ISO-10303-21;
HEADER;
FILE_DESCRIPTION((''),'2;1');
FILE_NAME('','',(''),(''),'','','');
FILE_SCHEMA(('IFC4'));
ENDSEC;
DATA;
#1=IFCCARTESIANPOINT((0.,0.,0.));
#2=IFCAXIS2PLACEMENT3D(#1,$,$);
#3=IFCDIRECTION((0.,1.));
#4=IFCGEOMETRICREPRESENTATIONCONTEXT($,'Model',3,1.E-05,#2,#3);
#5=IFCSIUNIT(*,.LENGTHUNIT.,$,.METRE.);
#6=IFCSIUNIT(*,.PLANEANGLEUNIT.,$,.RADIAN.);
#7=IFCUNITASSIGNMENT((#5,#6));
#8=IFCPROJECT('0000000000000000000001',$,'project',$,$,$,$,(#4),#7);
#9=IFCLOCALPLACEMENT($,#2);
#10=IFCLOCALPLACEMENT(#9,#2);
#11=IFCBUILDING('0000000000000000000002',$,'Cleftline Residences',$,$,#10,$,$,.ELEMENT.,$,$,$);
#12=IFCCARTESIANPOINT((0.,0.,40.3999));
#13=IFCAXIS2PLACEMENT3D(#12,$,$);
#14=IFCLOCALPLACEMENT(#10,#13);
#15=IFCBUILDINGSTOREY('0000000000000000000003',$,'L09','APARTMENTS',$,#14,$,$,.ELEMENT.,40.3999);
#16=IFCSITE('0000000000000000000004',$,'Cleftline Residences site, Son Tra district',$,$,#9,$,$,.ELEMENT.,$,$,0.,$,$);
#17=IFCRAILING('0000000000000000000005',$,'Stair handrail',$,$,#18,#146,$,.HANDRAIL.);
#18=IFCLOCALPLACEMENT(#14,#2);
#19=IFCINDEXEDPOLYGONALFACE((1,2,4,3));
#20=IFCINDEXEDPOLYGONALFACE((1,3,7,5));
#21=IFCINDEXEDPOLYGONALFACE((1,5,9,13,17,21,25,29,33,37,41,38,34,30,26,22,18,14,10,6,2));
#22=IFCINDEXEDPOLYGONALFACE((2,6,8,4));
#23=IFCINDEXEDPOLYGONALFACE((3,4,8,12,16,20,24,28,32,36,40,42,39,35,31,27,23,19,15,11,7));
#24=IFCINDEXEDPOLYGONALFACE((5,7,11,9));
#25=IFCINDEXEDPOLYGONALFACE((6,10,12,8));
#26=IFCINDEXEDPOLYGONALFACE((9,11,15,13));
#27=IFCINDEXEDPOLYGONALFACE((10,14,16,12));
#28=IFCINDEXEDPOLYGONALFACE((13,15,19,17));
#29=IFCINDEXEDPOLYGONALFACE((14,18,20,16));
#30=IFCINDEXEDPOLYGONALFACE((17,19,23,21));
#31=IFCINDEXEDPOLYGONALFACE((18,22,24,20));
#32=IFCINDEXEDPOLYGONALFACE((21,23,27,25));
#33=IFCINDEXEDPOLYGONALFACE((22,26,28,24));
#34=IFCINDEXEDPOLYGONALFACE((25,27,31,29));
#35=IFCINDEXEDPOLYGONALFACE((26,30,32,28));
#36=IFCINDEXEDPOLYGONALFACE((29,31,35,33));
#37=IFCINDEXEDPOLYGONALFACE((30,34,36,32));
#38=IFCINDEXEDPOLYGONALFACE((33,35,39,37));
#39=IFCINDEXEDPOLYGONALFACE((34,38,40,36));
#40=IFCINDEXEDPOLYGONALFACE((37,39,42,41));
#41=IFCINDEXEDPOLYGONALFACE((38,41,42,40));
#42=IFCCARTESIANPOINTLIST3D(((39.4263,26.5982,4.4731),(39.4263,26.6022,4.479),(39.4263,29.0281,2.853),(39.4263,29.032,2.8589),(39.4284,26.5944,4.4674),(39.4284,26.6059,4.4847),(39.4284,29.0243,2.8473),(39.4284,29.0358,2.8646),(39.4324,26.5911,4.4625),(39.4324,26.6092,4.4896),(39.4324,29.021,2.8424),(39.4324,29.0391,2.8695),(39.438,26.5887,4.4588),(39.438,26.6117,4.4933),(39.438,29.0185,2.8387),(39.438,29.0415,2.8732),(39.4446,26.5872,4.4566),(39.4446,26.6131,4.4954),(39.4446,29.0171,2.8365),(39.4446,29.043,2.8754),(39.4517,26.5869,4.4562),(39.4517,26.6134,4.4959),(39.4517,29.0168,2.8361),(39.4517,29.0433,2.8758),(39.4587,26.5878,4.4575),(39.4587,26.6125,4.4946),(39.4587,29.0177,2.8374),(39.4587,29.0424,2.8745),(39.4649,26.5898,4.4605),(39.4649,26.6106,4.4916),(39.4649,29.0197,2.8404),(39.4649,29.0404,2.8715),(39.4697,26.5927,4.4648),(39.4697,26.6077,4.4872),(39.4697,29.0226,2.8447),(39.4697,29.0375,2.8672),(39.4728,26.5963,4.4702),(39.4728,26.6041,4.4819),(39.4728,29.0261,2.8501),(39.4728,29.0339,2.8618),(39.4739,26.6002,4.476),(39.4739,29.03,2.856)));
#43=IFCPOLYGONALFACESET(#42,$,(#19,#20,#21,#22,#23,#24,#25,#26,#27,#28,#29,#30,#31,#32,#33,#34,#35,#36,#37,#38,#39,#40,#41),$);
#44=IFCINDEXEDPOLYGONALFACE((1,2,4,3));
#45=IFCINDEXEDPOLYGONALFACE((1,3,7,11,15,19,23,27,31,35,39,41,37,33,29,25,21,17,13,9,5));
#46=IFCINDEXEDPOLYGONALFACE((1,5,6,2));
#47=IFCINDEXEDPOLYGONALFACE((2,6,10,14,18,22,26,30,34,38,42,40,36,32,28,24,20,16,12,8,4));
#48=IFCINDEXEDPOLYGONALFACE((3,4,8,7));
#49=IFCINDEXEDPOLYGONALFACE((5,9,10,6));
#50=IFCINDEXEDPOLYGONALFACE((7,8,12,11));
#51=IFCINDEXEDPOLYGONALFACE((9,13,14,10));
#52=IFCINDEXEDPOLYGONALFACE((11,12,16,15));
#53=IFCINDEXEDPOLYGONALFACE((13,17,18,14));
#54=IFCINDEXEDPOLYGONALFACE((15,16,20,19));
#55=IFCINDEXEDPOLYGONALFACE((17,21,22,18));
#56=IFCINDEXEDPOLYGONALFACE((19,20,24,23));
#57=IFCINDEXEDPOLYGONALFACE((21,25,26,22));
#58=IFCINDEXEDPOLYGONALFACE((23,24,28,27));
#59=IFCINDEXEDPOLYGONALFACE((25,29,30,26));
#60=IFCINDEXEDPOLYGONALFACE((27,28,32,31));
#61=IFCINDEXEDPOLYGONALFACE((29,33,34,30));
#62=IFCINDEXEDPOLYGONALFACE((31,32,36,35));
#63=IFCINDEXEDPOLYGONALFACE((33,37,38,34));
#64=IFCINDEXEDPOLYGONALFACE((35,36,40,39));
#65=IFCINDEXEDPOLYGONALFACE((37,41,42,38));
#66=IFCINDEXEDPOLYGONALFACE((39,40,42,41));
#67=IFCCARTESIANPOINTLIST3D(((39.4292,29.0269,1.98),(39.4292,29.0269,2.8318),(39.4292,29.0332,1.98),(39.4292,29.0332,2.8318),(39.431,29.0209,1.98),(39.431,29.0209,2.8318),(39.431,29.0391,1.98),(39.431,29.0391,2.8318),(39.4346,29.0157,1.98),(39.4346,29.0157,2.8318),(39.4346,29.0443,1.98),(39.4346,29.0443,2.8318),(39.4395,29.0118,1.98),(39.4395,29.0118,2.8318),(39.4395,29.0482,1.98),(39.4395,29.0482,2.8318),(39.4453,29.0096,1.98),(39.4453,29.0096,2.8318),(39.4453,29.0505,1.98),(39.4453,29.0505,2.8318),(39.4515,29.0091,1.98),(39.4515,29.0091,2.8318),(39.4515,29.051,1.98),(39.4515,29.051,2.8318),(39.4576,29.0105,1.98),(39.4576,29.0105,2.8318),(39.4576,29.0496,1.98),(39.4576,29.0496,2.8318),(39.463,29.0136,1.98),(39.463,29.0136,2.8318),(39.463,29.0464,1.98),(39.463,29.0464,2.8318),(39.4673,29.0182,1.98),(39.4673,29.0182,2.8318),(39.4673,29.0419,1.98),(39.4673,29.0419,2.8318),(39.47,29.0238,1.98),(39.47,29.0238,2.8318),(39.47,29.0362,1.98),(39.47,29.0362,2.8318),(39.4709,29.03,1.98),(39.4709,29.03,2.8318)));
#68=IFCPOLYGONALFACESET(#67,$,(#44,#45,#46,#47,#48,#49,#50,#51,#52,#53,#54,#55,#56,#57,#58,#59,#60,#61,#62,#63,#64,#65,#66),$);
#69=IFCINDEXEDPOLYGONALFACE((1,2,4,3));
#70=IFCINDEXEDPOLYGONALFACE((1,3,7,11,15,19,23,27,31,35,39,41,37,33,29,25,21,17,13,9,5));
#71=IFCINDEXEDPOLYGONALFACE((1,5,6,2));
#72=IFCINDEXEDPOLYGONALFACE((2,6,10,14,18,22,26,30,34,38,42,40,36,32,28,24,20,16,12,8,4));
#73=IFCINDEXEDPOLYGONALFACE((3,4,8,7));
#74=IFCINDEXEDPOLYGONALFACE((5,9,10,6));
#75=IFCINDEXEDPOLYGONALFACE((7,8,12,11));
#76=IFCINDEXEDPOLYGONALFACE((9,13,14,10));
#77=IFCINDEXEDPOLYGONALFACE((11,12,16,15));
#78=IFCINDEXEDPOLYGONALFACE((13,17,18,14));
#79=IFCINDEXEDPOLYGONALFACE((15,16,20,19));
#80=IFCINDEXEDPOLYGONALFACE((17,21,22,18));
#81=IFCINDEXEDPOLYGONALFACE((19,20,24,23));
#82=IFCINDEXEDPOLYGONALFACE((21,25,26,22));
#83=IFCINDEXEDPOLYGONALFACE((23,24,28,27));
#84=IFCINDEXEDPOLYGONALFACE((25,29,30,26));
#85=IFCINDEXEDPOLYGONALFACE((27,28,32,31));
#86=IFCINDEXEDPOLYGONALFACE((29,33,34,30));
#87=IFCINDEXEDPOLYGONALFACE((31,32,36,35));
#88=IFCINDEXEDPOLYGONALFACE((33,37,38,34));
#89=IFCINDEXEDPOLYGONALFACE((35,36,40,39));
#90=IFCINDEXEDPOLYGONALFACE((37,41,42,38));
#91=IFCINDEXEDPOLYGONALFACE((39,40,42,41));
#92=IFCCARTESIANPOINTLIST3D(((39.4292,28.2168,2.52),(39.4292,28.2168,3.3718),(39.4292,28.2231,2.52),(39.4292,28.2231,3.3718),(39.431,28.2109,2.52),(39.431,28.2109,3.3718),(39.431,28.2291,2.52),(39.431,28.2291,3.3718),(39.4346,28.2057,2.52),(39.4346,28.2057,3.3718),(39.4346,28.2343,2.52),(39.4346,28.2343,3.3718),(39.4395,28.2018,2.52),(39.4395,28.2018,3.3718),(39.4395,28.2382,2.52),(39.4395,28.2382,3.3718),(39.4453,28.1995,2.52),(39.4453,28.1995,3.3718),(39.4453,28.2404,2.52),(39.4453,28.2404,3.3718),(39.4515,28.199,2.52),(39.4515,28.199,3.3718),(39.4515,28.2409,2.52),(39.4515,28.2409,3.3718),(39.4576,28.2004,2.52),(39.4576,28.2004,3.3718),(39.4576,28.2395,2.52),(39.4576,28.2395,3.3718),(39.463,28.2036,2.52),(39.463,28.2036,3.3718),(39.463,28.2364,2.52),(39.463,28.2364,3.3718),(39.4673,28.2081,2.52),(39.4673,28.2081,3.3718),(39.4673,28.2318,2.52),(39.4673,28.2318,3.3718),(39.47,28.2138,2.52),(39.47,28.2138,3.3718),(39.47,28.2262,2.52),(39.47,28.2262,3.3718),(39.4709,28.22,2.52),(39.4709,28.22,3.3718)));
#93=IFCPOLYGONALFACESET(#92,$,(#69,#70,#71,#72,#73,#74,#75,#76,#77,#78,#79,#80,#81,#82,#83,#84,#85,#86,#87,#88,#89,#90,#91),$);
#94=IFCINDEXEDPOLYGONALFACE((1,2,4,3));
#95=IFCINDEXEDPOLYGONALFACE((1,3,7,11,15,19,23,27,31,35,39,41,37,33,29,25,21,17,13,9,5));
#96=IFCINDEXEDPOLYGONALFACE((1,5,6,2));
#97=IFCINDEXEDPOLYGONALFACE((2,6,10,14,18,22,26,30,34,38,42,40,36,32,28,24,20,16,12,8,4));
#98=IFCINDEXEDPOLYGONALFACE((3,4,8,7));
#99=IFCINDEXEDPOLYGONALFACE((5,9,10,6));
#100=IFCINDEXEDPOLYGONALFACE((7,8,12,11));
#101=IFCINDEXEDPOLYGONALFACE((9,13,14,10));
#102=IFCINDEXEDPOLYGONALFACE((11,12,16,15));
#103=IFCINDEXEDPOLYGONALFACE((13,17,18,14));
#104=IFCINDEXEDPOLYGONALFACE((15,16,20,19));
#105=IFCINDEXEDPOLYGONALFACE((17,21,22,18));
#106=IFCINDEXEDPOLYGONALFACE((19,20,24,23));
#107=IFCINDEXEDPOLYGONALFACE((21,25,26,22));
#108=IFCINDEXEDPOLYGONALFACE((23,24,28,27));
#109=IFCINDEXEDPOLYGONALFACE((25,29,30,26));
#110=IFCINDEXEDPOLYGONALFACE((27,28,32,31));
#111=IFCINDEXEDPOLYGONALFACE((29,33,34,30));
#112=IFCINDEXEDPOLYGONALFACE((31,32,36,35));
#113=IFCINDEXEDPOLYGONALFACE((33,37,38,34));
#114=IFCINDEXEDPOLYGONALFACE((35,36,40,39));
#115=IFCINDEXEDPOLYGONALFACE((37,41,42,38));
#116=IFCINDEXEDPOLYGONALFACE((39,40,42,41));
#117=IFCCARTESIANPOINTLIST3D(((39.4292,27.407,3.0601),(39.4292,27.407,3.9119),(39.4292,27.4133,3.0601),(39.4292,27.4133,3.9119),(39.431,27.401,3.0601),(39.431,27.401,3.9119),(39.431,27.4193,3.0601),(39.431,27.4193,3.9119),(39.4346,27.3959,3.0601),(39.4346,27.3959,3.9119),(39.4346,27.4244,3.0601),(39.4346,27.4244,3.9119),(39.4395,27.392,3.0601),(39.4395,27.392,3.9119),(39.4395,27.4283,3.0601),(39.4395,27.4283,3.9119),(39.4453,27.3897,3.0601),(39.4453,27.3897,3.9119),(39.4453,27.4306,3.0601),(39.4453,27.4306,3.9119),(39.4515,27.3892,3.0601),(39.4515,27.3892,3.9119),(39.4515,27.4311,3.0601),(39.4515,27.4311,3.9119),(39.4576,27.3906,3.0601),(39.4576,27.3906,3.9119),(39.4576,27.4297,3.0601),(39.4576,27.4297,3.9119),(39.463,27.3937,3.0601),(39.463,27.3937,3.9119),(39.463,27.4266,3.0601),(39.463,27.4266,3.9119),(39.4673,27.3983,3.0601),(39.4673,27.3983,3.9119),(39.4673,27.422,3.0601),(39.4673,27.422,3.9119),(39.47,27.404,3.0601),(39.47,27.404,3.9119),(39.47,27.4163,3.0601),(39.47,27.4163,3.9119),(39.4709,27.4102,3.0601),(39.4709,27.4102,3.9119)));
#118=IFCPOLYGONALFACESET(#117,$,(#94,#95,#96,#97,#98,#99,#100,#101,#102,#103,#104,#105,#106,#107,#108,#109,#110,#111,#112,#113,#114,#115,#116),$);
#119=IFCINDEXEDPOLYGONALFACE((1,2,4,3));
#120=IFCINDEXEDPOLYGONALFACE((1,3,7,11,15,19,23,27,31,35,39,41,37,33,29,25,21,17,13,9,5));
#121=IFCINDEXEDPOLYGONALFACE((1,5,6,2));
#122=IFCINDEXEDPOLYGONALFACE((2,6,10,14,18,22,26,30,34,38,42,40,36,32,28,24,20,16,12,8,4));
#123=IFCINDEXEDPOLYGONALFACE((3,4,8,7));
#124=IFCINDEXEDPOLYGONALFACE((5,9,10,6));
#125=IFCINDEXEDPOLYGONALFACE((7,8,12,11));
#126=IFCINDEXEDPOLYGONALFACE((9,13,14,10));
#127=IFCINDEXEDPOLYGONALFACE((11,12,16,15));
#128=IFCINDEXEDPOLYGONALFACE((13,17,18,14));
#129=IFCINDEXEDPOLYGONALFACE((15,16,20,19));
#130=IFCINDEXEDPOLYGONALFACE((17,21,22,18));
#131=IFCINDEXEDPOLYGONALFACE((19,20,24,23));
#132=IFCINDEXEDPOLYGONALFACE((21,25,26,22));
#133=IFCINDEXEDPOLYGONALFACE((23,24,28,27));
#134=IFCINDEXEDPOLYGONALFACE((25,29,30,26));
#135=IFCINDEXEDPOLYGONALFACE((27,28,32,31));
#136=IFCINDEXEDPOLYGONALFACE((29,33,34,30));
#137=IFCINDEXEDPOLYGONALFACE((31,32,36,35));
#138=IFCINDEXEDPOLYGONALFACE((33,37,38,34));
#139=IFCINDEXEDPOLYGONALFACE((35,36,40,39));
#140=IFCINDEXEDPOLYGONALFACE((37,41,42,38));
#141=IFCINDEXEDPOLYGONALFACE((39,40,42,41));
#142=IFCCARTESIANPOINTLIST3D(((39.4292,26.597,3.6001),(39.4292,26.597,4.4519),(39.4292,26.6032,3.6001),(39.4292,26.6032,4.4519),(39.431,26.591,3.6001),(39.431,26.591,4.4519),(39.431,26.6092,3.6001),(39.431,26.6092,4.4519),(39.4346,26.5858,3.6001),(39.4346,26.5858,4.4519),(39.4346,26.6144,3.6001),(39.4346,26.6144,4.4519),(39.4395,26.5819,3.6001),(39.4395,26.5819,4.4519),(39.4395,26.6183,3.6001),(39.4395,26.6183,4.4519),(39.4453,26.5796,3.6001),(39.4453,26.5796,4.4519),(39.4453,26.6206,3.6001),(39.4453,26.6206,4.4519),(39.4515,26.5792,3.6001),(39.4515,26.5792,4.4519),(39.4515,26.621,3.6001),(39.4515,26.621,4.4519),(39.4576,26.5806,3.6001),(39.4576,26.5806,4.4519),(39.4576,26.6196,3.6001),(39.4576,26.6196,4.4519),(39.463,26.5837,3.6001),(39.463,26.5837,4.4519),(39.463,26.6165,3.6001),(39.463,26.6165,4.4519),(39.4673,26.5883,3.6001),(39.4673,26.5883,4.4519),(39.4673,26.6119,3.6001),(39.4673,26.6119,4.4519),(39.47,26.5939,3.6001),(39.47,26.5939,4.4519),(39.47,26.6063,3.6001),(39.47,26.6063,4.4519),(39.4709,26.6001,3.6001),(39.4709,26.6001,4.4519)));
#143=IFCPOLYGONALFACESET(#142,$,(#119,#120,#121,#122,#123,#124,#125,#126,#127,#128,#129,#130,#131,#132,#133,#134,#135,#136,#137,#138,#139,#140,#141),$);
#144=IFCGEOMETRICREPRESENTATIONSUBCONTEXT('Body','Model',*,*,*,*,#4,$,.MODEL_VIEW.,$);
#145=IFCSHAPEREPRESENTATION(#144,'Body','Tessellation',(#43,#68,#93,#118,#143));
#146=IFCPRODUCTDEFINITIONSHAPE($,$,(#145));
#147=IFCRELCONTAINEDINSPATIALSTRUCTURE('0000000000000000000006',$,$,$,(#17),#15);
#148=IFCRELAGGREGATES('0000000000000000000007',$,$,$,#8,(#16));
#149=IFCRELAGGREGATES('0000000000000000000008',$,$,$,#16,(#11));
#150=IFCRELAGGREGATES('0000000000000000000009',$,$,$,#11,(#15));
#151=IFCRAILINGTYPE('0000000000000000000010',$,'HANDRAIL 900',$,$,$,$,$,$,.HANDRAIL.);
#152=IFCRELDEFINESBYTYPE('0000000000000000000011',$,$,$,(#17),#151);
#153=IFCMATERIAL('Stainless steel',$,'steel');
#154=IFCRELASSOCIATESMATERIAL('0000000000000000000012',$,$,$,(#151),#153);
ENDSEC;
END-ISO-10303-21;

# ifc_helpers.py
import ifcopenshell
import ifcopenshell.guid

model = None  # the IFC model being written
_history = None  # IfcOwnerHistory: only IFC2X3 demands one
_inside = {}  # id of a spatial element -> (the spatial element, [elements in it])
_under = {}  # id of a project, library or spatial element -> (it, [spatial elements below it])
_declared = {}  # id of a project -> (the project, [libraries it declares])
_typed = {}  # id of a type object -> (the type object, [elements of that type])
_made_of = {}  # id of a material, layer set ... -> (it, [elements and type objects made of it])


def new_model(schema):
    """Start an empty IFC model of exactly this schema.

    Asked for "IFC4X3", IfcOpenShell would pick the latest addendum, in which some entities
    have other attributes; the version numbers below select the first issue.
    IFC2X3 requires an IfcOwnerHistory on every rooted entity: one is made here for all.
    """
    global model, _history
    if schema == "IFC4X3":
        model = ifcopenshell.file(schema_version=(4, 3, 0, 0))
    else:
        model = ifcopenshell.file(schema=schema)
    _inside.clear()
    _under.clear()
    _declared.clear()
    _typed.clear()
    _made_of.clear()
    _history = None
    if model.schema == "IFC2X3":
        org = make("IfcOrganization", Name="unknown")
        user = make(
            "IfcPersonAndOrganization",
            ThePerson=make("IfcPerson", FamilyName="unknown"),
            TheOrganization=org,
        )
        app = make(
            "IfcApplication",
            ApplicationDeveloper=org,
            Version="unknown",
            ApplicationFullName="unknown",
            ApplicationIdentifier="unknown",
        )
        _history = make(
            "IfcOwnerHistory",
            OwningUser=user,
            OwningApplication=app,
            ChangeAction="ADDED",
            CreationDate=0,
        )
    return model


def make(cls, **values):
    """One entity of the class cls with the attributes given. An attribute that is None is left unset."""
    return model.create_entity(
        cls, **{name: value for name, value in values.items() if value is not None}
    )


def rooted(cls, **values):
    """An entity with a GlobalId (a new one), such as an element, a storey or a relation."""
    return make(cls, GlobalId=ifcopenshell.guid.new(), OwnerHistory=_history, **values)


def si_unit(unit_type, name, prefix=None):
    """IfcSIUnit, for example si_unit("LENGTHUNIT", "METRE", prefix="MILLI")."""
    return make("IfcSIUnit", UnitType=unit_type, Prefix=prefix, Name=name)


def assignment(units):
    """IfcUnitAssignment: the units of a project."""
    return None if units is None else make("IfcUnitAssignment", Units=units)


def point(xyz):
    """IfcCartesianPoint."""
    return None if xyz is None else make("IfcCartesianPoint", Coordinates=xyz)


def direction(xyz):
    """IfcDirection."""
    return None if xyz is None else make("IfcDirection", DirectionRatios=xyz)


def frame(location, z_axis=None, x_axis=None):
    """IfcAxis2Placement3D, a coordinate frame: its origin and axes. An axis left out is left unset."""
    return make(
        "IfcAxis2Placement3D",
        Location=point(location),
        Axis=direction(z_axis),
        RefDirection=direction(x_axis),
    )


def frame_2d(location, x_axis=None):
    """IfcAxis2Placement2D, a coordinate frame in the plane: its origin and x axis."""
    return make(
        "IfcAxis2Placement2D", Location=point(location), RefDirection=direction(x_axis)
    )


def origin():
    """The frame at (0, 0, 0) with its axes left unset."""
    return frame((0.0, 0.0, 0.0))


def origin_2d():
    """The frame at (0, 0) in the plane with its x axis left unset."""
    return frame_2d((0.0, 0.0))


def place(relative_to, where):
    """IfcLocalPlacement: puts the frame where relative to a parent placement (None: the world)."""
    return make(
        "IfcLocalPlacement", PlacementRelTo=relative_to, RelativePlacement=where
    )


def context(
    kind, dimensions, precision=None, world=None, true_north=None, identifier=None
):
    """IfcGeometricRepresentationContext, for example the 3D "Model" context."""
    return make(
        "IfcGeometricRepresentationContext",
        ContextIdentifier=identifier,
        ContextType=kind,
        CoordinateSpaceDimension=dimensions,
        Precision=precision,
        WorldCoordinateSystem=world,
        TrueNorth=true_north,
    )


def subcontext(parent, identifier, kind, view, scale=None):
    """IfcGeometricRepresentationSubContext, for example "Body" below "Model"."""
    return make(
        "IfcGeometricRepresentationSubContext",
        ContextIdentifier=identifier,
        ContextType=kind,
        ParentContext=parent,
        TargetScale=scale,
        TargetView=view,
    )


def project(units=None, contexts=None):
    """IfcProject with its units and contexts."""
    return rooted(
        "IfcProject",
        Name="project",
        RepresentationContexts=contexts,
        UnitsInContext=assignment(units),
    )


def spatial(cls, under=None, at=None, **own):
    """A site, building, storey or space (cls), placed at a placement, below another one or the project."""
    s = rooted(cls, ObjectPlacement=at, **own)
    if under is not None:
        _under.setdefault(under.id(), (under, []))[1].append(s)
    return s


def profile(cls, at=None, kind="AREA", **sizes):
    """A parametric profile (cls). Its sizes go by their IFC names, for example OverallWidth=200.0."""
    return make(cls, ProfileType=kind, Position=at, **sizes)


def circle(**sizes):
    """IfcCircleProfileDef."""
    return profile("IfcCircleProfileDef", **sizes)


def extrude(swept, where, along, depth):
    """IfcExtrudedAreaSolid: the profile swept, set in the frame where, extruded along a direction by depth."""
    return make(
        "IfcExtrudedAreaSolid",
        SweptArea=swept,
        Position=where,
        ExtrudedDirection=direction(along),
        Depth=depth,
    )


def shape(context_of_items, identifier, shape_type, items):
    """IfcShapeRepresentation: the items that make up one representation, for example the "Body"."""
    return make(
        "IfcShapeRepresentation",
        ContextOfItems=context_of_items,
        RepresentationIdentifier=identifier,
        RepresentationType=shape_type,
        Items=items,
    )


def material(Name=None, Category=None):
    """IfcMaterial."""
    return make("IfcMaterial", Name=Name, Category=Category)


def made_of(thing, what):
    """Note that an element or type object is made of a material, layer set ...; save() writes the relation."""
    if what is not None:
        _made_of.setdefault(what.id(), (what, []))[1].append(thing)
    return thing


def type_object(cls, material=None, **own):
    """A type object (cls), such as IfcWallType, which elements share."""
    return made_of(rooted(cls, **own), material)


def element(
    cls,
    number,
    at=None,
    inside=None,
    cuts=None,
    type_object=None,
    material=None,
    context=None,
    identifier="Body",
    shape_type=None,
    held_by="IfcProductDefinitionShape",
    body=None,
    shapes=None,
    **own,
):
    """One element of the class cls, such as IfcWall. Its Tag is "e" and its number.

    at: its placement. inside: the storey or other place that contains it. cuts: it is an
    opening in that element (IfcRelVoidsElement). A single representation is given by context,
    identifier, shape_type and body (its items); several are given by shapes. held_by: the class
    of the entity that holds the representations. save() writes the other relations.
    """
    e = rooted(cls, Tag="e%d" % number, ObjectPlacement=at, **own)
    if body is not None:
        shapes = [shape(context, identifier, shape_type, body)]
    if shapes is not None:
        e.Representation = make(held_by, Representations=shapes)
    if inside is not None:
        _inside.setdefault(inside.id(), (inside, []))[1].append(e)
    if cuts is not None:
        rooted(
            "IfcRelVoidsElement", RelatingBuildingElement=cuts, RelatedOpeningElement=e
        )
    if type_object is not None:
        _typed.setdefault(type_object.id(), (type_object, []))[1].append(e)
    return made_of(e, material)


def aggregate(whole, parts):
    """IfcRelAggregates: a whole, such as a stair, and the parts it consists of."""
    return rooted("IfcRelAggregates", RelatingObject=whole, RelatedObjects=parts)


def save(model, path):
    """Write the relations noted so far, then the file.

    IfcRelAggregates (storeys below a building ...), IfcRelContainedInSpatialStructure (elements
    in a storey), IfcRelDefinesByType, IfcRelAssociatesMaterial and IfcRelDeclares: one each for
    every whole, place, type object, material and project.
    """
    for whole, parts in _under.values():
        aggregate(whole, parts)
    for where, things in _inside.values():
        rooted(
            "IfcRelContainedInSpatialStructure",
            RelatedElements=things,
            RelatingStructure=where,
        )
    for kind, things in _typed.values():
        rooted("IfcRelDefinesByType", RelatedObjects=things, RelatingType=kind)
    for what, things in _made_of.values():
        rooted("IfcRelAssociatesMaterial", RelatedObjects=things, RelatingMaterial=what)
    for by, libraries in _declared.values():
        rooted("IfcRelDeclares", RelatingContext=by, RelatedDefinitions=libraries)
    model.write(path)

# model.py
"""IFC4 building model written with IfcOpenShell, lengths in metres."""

from ifc_helpers import new_model, si_unit, direction, frame, origin, origin_2d, place, context, subcontext, project, spatial, circle, extrude, material, type_object, element, save


model = new_model("IFC4")

# Units and contexts
model_context = context("Model", 3, precision=1e-05, world=origin(), true_north=direction((0.0, 1.0)))
body_context = subcontext(model_context, "Body", "Model", "MODEL_VIEW")
ifc_project = project(units=[si_unit("LENGTHUNIT", "METRE"), si_unit("PLANEANGLEUNIT", "RADIAN")], contexts=[model_context])

# Site, building, storey
site_placement = place(None, origin())
site = spatial("IfcSite", under=ifc_project, at=site_placement, Name="Cleftline Residences site, Son Tra district", CompositionType="ELEMENT", RefElevation=0.0)
building_placement = place(site_placement, origin())
building = spatial("IfcBuilding", under=site, at=building_placement, Name="Cleftline Residences", CompositionType="ELEMENT")
storey_placement = place(building_placement, frame((0.0, 0.0, 40.3999)))
storey = spatial("IfcBuildingStorey", under=building, at=storey_placement, Name="L09", Description="APARTMENTS", CompositionType="ELEMENT", Elevation=40.3999)

# Railing
ifc_material_1 = material(Name="Stainless steel", Category="steel")
railing_type = type_object("IfcRailingType", Name="HANDRAIL 900", PredefinedType="HANDRAIL", material=ifc_material_1)
railing_1_placement = place(storey_placement, frame((39.45, 29.03, 1.98)))
element("IfcRailing", 1, at=railing_1_placement, inside=storey, type_object=railing_type, Name="Stair handrail", PredefinedType="HANDRAIL", context=body_context, shape_type="SweptSolid", body=[
    extrude(circle(Radius=0.0239, at=origin_2d()), frame((0.0, 0.0, 0.876), z_axis=(0.0, -0.832025, 0.554739), x_axis=(1.0, 0.0, 0.0)), (0.0, 0.0, 1.0), 2.9204),
    extrude(circle(Radius=0.021, at=origin_2d()), origin(), (0.0, 0.0, 1.0), 0.8518),
    extrude(circle(Radius=0.021, at=origin_2d()), frame((0.0, -0.8101, 0.54)), (0.0, 0.0, 1.0), 0.8518),
    extrude(circle(Radius=0.021, at=origin_2d()), frame((0.0, -1.6199, 1.0801)), (0.0, 0.0, 1.0), 0.8518),
    extrude(circle(Radius=0.021, at=origin_2d()), frame((0.0, -2.4299, 1.6201)), (0.0, 0.0, 1.0), 0.8518),
])

save(model, "model.ifc")
